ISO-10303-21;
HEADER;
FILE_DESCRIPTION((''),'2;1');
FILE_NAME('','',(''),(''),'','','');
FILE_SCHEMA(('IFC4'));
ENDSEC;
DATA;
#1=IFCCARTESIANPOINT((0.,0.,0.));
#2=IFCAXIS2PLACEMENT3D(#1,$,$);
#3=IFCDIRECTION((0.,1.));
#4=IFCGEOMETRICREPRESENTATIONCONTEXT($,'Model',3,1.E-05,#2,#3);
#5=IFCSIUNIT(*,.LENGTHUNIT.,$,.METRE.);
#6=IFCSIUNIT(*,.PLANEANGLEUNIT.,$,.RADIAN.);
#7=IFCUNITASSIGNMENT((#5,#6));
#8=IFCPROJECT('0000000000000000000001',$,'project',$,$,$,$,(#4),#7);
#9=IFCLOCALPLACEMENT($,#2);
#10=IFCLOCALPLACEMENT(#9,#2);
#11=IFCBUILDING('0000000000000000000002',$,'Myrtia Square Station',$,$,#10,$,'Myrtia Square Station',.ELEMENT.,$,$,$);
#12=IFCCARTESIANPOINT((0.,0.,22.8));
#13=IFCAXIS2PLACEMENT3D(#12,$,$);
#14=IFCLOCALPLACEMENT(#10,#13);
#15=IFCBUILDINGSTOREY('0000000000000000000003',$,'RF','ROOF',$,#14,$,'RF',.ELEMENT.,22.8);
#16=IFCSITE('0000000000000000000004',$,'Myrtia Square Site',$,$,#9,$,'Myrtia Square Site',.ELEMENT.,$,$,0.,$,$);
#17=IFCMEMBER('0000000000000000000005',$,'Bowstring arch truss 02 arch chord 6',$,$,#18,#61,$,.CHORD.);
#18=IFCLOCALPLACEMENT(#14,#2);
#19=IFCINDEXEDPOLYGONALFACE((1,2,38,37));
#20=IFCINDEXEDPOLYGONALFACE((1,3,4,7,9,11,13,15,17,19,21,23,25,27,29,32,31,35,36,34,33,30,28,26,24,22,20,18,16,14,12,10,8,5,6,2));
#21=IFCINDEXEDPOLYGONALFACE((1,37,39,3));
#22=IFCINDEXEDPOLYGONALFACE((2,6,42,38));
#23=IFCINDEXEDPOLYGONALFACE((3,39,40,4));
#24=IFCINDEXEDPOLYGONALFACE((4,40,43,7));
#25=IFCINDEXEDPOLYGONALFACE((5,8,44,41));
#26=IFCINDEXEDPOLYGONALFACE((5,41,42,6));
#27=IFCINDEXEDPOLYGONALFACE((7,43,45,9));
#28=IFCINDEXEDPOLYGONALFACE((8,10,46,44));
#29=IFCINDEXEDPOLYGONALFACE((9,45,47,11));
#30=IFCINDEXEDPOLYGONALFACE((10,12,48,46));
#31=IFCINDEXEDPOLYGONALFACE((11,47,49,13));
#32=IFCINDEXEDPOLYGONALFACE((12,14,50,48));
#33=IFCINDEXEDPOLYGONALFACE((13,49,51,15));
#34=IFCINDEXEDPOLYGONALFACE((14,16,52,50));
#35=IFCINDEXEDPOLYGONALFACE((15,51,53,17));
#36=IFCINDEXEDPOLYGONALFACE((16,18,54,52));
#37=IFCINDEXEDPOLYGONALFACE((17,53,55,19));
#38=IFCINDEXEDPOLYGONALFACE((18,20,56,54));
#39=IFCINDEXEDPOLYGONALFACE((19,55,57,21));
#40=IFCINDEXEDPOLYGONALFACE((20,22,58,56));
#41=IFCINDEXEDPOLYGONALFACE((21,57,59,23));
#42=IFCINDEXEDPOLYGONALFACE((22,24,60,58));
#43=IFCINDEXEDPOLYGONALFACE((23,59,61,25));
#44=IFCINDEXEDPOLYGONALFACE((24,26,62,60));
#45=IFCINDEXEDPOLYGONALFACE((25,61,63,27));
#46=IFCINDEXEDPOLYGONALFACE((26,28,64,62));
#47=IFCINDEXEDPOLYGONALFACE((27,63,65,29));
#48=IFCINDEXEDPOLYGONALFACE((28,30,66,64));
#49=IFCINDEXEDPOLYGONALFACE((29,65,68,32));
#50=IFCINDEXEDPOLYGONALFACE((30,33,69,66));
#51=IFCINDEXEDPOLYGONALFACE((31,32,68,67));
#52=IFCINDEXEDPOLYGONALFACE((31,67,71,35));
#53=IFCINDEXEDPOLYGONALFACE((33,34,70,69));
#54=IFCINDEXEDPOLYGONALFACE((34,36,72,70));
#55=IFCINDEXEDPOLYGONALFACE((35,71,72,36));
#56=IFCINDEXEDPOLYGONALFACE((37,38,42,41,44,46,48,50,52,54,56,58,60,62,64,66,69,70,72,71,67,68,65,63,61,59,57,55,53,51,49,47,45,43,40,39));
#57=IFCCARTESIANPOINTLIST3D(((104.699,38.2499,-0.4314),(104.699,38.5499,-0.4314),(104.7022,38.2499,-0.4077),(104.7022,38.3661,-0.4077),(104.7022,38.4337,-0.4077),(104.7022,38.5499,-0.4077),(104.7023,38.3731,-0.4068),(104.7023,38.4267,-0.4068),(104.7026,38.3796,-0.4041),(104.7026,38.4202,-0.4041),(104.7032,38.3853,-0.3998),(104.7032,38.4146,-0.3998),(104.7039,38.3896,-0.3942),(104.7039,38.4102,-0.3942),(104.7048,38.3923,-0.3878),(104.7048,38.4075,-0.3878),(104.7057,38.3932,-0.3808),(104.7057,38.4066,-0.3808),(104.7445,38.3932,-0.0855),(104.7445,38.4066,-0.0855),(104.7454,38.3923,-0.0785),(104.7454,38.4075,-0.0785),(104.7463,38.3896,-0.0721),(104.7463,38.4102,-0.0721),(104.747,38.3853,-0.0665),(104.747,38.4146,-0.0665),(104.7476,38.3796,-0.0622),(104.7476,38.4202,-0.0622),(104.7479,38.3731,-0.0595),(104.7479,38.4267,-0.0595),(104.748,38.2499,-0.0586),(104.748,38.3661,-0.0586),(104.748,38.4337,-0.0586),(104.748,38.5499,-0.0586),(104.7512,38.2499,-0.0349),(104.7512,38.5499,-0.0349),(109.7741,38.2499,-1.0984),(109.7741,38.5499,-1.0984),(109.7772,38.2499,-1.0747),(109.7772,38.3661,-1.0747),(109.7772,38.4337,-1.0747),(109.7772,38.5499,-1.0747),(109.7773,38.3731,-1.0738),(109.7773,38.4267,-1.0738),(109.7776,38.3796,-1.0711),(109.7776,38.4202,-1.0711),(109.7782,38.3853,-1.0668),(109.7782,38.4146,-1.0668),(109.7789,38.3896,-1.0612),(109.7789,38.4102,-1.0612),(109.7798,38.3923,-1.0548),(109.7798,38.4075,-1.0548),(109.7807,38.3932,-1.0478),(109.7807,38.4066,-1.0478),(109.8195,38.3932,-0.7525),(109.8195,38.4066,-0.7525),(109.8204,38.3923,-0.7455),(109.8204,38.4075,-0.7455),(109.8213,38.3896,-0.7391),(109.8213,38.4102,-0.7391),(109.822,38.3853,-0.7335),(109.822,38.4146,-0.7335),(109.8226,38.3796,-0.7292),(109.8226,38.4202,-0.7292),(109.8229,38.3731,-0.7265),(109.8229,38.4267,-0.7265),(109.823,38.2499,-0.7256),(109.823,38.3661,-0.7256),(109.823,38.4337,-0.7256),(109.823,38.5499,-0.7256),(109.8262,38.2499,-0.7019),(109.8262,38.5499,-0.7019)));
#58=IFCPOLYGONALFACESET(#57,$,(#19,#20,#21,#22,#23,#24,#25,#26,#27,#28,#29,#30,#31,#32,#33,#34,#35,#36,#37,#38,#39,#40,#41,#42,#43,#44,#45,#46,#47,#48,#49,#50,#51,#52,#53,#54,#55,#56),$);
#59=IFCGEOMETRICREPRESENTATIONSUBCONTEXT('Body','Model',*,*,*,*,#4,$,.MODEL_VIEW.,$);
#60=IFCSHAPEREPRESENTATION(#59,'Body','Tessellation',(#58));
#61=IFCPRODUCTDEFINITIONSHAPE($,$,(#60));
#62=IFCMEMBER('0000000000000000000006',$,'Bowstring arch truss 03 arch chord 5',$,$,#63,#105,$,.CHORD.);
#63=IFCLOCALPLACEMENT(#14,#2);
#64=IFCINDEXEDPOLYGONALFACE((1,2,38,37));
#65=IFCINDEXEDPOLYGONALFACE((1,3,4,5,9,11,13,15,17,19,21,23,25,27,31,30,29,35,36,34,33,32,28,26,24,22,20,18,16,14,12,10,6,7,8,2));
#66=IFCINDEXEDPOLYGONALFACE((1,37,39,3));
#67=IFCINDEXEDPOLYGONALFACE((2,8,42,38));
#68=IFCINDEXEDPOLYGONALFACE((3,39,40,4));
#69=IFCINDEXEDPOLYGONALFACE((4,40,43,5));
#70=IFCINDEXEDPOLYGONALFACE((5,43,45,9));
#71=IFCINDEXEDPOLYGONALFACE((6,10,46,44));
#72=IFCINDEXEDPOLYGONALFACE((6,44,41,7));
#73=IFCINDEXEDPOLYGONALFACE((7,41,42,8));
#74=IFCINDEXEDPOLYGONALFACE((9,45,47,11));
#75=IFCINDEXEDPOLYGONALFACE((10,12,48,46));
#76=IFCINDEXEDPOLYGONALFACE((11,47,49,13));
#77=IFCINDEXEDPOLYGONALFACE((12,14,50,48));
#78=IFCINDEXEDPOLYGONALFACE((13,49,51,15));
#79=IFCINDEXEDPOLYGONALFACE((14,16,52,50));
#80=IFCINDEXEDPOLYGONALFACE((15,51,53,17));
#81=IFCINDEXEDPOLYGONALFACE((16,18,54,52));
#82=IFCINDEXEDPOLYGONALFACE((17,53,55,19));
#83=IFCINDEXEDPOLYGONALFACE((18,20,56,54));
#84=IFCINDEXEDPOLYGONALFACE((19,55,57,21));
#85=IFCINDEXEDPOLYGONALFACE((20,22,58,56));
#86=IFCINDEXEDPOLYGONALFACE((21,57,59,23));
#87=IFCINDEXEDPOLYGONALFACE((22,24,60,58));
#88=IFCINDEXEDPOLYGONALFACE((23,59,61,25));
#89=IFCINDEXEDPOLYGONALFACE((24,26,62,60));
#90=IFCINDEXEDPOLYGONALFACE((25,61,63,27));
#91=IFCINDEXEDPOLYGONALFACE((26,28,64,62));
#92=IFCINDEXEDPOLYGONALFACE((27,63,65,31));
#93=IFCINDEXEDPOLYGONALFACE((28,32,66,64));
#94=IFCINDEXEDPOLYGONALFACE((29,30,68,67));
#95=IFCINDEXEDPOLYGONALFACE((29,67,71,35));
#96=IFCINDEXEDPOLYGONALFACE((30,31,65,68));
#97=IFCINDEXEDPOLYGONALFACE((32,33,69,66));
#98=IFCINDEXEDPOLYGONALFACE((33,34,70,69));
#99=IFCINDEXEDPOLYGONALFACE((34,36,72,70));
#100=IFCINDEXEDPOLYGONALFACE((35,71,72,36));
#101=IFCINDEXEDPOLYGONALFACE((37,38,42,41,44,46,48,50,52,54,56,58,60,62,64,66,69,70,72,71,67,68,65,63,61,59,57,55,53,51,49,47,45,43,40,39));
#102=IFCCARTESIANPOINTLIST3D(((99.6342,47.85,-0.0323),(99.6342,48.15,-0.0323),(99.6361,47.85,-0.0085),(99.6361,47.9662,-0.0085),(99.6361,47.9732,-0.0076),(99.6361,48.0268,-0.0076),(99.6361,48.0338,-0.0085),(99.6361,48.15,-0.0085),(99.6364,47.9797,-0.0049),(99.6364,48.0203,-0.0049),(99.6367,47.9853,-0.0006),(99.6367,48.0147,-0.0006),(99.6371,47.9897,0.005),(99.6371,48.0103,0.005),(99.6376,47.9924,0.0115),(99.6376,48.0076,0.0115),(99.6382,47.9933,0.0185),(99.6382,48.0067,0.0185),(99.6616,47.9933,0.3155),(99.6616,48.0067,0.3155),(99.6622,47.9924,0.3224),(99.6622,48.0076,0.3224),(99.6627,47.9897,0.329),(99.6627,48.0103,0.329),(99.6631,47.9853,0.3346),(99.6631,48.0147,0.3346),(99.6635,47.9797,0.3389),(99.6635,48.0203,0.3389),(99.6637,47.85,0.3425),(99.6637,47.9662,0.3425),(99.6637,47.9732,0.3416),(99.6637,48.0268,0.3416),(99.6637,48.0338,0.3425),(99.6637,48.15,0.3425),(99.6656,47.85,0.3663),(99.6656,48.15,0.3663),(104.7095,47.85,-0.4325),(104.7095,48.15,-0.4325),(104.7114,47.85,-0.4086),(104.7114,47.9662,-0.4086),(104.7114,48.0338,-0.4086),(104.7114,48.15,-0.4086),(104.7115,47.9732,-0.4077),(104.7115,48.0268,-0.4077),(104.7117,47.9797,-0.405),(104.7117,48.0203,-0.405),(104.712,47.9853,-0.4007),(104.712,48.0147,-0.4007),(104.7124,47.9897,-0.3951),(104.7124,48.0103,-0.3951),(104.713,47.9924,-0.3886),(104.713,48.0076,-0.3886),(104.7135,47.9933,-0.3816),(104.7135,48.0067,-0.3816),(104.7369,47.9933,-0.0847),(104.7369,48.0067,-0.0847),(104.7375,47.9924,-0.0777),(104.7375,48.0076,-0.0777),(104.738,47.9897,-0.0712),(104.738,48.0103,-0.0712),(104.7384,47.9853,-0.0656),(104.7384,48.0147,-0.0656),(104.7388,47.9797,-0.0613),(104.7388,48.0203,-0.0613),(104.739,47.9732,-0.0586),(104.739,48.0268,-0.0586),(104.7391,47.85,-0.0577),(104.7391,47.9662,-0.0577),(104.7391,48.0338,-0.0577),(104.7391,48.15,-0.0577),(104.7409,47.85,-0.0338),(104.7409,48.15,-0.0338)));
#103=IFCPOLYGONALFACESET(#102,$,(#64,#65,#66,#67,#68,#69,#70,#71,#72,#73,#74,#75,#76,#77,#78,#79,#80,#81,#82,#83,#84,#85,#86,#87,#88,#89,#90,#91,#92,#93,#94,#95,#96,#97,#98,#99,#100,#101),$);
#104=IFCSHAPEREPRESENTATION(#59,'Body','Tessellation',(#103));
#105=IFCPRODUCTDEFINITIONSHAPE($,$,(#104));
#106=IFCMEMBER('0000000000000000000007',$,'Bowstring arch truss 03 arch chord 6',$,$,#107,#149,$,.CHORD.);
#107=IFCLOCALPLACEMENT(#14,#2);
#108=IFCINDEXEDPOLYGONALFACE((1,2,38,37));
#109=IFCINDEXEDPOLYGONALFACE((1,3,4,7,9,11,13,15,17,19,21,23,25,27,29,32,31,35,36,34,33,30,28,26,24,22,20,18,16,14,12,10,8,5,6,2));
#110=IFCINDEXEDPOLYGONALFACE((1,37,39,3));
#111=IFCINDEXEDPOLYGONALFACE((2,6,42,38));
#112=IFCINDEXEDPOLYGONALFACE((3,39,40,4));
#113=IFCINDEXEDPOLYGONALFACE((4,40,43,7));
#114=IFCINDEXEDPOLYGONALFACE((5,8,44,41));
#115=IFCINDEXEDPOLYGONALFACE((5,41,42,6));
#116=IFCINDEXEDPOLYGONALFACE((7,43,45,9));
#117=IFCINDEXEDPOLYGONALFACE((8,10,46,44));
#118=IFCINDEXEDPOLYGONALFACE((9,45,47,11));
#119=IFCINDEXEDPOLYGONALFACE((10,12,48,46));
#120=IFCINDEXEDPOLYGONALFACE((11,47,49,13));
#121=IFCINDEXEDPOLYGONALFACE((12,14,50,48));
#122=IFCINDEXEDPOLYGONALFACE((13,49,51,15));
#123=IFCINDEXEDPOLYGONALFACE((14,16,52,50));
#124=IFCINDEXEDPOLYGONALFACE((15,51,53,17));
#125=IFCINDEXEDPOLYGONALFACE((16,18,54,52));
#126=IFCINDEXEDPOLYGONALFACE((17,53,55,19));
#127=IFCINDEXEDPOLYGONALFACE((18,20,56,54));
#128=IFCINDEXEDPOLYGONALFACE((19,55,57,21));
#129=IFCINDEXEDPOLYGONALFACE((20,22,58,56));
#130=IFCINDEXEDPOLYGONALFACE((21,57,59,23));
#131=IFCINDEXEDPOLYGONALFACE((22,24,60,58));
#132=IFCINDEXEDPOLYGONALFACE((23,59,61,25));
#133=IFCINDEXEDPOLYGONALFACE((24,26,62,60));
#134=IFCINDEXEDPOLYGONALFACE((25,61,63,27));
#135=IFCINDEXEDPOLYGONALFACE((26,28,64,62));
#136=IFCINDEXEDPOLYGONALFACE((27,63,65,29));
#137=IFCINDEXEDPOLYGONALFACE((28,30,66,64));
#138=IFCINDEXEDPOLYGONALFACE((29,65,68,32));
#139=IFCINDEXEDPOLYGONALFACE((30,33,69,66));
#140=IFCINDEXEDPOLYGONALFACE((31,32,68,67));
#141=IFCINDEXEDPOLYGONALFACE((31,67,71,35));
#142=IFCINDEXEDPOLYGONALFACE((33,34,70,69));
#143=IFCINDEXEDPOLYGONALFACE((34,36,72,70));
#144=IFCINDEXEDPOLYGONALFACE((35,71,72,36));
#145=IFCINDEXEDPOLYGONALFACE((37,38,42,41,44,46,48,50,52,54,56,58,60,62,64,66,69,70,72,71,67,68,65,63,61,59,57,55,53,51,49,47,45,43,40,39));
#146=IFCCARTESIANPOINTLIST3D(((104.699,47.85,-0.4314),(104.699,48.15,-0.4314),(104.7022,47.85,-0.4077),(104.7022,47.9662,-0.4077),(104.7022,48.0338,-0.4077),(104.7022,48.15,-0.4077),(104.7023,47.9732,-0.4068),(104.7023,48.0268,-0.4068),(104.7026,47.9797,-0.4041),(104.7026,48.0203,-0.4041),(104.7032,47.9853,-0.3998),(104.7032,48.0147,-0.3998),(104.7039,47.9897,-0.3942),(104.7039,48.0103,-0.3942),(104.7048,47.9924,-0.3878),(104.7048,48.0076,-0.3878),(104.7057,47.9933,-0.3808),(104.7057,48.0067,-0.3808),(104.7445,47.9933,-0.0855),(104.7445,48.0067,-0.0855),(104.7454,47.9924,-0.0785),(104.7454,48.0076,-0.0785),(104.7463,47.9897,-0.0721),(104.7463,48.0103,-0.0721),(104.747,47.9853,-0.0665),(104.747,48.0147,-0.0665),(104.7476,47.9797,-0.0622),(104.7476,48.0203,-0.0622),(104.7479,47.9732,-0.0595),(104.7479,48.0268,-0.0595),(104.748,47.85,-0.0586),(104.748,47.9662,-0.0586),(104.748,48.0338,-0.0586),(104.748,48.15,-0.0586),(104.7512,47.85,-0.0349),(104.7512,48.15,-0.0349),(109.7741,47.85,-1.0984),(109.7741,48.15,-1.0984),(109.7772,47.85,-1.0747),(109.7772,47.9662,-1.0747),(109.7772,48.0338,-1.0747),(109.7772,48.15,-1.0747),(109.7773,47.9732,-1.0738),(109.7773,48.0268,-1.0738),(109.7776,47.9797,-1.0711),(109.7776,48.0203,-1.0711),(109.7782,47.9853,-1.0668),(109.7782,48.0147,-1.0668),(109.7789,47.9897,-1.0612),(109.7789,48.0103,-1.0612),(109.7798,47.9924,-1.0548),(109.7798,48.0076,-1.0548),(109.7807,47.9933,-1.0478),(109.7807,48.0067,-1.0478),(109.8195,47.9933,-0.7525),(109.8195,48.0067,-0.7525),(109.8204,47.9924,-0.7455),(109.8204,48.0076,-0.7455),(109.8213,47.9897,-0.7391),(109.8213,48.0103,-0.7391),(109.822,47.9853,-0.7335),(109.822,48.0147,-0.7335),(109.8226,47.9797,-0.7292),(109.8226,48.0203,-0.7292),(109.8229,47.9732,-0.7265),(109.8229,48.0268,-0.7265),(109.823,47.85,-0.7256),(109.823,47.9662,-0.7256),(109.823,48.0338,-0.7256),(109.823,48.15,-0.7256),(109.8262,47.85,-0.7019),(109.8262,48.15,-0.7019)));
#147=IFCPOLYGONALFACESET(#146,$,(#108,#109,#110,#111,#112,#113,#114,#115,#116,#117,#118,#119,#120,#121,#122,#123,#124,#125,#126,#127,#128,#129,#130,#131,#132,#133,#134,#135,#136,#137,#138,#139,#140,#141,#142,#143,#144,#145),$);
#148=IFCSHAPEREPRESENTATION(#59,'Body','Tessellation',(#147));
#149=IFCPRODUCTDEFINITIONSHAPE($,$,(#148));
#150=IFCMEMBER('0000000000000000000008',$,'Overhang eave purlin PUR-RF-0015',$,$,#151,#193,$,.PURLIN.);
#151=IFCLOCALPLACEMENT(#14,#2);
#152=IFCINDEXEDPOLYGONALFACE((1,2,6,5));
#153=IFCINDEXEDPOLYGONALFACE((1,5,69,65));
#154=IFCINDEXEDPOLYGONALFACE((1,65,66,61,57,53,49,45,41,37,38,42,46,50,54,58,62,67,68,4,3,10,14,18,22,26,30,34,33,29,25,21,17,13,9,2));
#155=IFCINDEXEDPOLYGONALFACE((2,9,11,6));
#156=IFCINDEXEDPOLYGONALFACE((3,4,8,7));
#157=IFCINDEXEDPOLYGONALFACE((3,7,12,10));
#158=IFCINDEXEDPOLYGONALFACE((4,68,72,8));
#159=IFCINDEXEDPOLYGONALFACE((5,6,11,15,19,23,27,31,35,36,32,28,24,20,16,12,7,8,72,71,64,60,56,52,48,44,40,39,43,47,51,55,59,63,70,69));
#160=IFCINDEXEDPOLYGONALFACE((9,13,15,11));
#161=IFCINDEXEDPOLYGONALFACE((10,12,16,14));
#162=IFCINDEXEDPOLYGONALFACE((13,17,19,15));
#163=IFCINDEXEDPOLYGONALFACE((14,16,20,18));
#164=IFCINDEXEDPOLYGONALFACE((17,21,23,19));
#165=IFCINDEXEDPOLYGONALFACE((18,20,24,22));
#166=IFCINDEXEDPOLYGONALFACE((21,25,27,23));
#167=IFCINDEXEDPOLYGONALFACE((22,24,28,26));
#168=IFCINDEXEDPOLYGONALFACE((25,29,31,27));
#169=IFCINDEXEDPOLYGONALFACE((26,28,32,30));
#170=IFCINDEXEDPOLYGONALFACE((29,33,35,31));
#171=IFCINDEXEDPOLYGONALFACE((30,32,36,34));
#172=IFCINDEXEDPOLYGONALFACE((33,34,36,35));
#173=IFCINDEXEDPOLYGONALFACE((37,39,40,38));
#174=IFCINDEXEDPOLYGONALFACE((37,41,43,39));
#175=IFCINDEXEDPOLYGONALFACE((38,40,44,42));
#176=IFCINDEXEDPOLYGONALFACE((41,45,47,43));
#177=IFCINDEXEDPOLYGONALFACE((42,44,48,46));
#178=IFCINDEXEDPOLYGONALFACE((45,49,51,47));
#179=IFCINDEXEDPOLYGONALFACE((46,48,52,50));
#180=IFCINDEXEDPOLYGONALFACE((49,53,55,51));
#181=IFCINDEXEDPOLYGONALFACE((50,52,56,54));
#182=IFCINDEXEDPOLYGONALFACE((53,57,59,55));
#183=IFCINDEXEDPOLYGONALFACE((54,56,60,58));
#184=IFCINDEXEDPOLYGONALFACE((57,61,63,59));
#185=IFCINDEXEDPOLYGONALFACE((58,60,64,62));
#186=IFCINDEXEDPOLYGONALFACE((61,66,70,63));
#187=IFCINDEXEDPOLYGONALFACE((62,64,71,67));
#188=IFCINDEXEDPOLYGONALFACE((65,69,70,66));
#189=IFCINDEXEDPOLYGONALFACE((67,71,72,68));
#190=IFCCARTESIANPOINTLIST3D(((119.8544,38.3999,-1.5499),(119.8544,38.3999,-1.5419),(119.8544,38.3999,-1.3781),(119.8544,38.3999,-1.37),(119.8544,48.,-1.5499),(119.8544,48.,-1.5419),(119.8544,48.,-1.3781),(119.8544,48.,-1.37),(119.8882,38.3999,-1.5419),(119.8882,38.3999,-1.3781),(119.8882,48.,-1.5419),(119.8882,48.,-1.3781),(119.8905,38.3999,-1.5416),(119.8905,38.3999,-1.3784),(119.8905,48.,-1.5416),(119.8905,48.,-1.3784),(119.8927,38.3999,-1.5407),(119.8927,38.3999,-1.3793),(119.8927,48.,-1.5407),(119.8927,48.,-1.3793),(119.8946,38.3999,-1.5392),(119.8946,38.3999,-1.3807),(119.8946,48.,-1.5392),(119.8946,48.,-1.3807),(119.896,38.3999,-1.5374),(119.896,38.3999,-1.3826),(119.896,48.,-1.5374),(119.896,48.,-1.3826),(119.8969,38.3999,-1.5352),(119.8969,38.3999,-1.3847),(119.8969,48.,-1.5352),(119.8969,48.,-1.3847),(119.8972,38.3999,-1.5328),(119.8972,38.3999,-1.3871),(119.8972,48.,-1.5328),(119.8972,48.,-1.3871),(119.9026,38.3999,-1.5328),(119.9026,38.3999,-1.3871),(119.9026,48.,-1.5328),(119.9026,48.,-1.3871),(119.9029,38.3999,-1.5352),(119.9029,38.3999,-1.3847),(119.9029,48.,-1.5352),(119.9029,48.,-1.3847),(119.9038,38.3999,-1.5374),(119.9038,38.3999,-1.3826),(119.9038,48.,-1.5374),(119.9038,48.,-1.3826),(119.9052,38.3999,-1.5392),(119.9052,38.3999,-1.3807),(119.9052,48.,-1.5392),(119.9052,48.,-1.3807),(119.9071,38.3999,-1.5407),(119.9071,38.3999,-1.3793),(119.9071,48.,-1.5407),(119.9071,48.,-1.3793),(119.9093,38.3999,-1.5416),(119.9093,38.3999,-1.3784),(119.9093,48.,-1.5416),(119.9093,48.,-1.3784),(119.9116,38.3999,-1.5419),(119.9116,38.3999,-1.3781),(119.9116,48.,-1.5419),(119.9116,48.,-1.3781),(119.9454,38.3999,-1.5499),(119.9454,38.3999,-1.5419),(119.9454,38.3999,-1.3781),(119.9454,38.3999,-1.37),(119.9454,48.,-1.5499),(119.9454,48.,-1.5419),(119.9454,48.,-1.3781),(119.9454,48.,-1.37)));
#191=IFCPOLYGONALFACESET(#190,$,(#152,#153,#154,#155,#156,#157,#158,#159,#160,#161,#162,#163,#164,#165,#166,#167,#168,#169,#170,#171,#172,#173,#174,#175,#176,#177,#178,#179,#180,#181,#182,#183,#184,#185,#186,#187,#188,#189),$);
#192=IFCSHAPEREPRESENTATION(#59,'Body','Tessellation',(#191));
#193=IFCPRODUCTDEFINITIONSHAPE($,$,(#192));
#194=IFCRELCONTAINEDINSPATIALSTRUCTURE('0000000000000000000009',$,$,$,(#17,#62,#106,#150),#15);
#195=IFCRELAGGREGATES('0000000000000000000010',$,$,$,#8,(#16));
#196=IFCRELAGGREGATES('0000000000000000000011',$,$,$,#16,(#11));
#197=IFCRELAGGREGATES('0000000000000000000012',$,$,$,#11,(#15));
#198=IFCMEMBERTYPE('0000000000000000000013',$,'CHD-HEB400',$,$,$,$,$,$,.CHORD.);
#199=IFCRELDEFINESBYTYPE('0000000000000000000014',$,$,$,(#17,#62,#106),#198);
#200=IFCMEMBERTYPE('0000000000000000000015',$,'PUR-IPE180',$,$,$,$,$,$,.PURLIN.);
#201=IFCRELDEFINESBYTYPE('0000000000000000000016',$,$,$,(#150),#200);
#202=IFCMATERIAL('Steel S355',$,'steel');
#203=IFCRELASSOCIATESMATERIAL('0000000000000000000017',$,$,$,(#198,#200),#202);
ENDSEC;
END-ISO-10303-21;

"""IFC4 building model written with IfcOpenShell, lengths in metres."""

from ifc_helpers import new_model, si_unit, direction, frame, origin, origin_2d, place, context, subcontext, project, spatial, i_section, extrude, material, material_profile, profile_set, type_object, element, save


model = new_model("IFC4")

# Units and contexts
model_context = context("Model", 3, precision=1e-05, world=origin(), true_north=direction((0.0, 1.0)))
body_context = subcontext(model_context, "Body", "Model", "MODEL_VIEW")
ifc_project = project(units=[si_unit("LENGTHUNIT", "METRE"), si_unit("PLANEANGLEUNIT", "RADIAN")], contexts=[model_context])

# Site, building, storey
site_placement = place(None, origin())
site = spatial("IfcSite", under=ifc_project, at=site_placement, Name="Myrtia Square Site", LongName="Myrtia Square Site", CompositionType="ELEMENT", RefElevation=0.0)
building_placement = place(site_placement, origin())
building = spatial("IfcBuilding", under=site, at=building_placement, Name="Myrtia Square Station", LongName="Myrtia Square Station", CompositionType="ELEMENT")
storey_placement = place(building_placement, frame((0.0, 0.0, 22.8)))
storey = spatial("IfcBuildingStorey", under=building, at=storey_placement, Name="RF", Description="ROOF", LongName="RF", CompositionType="ELEMENT", Elevation=22.8)

# Members
ifc_material_1 = material(Name="Steel S355", Category="steel")
ifc_material_profile_1 = material_profile(ifc_material_1, i_section(OverallWidth=0.3, OverallDepth=0.3999, WebThickness=0.0134, FlangeThickness=0.0239, FilletRadius=0.0271, at=origin_2d()), Name="HEB 400")
ifc_profile_set_1 = profile_set([ifc_material_profile_1], Name="Steel S355")
member_type_1 = type_object("IfcMemberType", Name="CHD-HEB400", PredefinedType="CHORD", material=ifc_profile_set_1)
member_1_placement = place(storey_placement, frame((104.7251, 38.3999, -0.2332), z_axis=(0.991474, 0.0, -0.130308), x_axis=(0.0, 1.0, 0.0)))
element("IfcMember", 1, at=member_1_placement, inside=storey, type_object=member_type_1, Name="Bowstring arch truss 02 arch chord 6", PredefinedType="CHORD", context=body_context, shape_type="SweptSolid", body=[
    extrude(i_section(OverallWidth=0.3, OverallDepth=0.3999, WebThickness=0.0134, FlangeThickness=0.0239, FilletRadius=0.0271, at=origin_2d()), origin(), (0.0, 0.0, 1.0), 5.1187),
])
member_2_placement = place(storey_placement, frame((99.6499, 48.0, 0.167), z_axis=(0.996906, 0.0, -0.0786), x_axis=(0.0, 1.0, 0.0)))
element("IfcMember", 2, at=member_2_placement, inside=storey, type_object=member_type_1, Name="Bowstring arch truss 03 arch chord 5", PredefinedType="CHORD", context=body_context, shape_type="SweptSolid", body=[
    extrude(i_section(OverallWidth=0.3, OverallDepth=0.3999, WebThickness=0.0134, FlangeThickness=0.0239, FilletRadius=0.0271, at=origin_2d()), origin(), (0.0, 0.0, 1.0), 5.0911),
])
member_3_placement = place(storey_placement, frame((104.7251, 48.0, -0.2332), z_axis=(0.991474, 0.0, -0.130308), x_axis=(0.0, 1.0, 0.0)))
element("IfcMember", 3, at=member_3_placement, inside=storey, type_object=member_type_1, Name="Bowstring arch truss 03 arch chord 6", PredefinedType="CHORD", context=body_context, shape_type="SweptSolid", body=[
    extrude(i_section(OverallWidth=0.3, OverallDepth=0.3999, WebThickness=0.0134, FlangeThickness=0.0239, FilletRadius=0.0271, at=origin_2d()), origin(), (0.0, 0.0, 1.0), 5.1187),
])
ifc_material_profile_2 = material_profile(ifc_material_1, i_section(OverallWidth=0.0911, OverallDepth=0.1799, WebThickness=0.0054, FlangeThickness=0.0081, FilletRadius=0.009, at=origin_2d()), Name="IPE 180")
ifc_profile_set_2 = profile_set([ifc_material_profile_2], Name="Steel S355")
member_type_2 = type_object("IfcMemberType", Name="PUR-IPE180", PredefinedType="PURLIN", material=ifc_profile_set_2)
member_4_placement = place(storey_placement, frame((119.8999, 38.3999, -1.46), z_axis=(0.0, 1.0, 0.0), x_axis=(-1.0, 0.0, 0.0)))
element("IfcMember", 4, at=member_4_placement, inside=storey, type_object=member_type_2, Name="Overhang eave purlin PUR-RF-0015", PredefinedType="PURLIN", context=body_context, shape_type="SweptSolid", body=[
    extrude(i_section(OverallWidth=0.0911, OverallDepth=0.1799, WebThickness=0.0054, FlangeThickness=0.0081, FilletRadius=0.009, at=origin_2d()), origin(), (0.0, 0.0, 1.0), 9.6001),
])

save(model, "model.ifc")
